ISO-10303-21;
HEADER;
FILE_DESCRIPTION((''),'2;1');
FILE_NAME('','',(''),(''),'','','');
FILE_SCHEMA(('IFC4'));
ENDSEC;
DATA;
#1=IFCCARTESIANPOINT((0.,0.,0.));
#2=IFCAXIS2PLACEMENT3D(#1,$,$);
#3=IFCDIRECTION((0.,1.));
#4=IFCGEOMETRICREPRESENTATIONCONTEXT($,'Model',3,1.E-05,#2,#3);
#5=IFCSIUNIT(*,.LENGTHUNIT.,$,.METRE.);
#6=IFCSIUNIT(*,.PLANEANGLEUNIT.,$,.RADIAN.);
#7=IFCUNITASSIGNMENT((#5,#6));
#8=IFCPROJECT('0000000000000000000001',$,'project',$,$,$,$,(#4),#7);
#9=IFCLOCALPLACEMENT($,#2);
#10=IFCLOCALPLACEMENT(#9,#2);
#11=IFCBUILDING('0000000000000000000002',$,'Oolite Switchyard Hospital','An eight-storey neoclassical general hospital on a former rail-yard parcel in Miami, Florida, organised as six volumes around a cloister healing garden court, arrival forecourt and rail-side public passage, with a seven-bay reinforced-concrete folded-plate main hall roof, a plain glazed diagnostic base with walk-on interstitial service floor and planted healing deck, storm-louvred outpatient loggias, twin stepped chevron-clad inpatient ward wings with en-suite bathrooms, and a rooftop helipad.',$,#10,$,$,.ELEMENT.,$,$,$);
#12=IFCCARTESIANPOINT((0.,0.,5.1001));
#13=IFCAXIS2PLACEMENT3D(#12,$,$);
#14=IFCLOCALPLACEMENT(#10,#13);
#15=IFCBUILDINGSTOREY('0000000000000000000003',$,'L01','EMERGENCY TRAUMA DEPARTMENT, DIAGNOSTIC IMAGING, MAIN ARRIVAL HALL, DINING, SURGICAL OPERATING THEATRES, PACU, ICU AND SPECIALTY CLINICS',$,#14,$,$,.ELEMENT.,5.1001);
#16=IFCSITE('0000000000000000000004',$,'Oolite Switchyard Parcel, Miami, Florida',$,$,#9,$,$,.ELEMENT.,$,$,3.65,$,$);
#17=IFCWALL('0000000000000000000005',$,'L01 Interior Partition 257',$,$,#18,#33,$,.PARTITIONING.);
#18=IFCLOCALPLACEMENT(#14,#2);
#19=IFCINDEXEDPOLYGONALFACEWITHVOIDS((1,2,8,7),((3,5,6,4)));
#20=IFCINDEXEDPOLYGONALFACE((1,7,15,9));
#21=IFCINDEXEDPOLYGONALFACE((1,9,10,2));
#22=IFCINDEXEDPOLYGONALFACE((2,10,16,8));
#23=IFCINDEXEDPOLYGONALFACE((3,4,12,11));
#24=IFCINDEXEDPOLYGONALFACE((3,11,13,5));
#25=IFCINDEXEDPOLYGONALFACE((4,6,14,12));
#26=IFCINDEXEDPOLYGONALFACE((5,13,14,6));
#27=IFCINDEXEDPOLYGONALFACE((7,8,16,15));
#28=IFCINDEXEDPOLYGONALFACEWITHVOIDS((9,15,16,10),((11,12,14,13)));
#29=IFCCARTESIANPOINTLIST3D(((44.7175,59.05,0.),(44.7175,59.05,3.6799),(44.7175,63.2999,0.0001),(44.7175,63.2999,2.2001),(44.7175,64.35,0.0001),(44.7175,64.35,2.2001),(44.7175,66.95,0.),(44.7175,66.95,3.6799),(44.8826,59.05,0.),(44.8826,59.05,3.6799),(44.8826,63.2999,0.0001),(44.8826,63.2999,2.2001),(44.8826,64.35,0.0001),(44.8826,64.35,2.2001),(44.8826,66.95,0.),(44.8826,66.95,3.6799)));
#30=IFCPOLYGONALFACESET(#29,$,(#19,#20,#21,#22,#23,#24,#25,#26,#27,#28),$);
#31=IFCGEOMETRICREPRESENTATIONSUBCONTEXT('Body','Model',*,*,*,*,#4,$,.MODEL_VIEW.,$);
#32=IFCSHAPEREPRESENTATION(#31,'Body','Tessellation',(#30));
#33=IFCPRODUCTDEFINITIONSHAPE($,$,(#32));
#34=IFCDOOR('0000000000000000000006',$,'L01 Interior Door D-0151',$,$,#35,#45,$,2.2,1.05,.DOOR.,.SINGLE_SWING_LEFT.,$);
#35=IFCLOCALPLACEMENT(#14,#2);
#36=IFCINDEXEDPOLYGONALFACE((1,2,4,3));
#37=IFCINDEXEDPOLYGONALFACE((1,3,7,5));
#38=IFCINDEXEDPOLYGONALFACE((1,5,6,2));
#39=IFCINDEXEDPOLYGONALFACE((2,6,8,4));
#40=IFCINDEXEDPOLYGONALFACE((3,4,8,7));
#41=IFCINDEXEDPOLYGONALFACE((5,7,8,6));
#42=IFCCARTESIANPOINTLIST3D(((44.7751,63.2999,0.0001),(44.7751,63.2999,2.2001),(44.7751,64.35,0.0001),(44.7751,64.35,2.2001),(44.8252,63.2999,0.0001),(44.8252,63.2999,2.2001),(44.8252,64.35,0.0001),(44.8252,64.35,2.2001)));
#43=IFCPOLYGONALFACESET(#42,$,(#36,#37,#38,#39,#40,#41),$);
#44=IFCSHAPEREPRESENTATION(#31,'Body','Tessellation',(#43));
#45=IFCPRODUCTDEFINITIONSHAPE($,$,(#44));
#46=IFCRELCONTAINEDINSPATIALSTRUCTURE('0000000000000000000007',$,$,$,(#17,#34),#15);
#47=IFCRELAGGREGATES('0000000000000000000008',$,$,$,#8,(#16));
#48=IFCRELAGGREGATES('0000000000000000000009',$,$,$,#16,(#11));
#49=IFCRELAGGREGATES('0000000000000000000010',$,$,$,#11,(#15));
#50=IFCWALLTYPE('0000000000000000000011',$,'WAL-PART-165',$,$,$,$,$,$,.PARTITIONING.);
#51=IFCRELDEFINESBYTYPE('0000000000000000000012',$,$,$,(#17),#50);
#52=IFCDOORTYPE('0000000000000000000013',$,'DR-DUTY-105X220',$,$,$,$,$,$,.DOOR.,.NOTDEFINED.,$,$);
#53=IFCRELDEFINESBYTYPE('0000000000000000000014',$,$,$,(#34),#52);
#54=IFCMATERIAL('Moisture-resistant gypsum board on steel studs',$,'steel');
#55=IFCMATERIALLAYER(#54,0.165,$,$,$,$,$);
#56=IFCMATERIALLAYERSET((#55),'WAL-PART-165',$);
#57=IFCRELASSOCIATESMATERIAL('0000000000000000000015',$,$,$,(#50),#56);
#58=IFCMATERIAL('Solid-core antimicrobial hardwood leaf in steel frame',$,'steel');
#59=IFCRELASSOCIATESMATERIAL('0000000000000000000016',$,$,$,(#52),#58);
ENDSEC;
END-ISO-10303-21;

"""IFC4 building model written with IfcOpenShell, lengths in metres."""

from ifc_helpers import new_model, si_unit, direction, frame, frame_2d, origin, place, context, subcontext, project, spatial, rectangle, extrude, material, layer, layer_set, type_object, element, fill, save


model = new_model("IFC4")

# Units and contexts
model_context = context("Model", 3, precision=1e-05, world=origin(), true_north=direction((0.0, 1.0)))
body_context = subcontext(model_context, "Body", "Model", "MODEL_VIEW")
ifc_project = project(units=[si_unit("LENGTHUNIT", "METRE"), si_unit("PLANEANGLEUNIT", "RADIAN")], contexts=[model_context])

# Site, building, storey
site_placement = place(None, origin())
site = spatial("IfcSite", under=ifc_project, at=site_placement, Name="Oolite Switchyard Parcel, Miami, Florida", CompositionType="ELEMENT", RefElevation=3.65)
building_placement = place(site_placement, origin())
building = spatial("IfcBuilding", under=site, at=building_placement, Name="Oolite Switchyard Hospital", Description="An eight-storey neoclassical general hospital on a former rail-yard parcel in Miami, Florida, organised as six volumes around a cloister healing garden court, arrival forecourt and rail-side public passage, with a seven-bay reinforced-concrete folded-plate main hall roof, a plain glazed diagnostic base with walk-on interstitial service floor and planted healing deck, storm-louvred outpatient loggias, twin stepped chevron-clad inpatient ward wings with en-suite bathrooms, and a rooftop helipad.", CompositionType="ELEMENT")
storey_placement = place(building_placement, frame((0.0, 0.0, 5.1001)))
storey = spatial("IfcBuildingStorey", under=building, at=storey_placement, Name="L01", Description="EMERGENCY TRAUMA DEPARTMENT, DIAGNOSTIC IMAGING, MAIN ARRIVAL HALL, DINING, SURGICAL OPERATING THEATRES, PACU, ICU AND SPECIALTY CLINICS", CompositionType="ELEMENT", Elevation=5.1001)

# Shared definitions
ifc_material_1 = material(Name="Moisture-resistant gypsum board on steel studs", Category="steel")

# Shared definitions
ifc_material_2 = material(Name="Solid-core antimicrobial hardwood leaf in steel frame", Category="steel")

# Wall, opening, door
ifc_layer_1 = layer(ifc_material_1, 0.165)
ifc_layer_set_1 = layer_set([ifc_layer_1], Name="WAL-PART-165")
wall_type_1 = type_object("IfcWallType", Name="WAL-PART-165", PredefinedType="PARTITIONING", material=ifc_layer_set_1)
wall_1_placement = place(storey_placement, frame((44.8, 59.05, 0.0), z_axis=(0.0, 0.0, 1.0), x_axis=(0.0, 1.0, 0.0)))
wall_1 = element("IfcWall", 1, at=wall_1_placement, inside=storey, type_object=wall_type_1, Name="L01 Interior Partition 257", PredefinedType="PARTITIONING", context=body_context, shape_type="SweptSolid", body=[
    extrude(rectangle(XDim=7.8999, YDim=0.165, at=frame_2d((3.95, 0.0))), origin(), (0.0, 0.0, 1.0), 3.6799),
])
opening_1_placement = place(wall_1_placement, frame((4.25, 0.0, 0.0)))
opening_1 = element("IfcOpeningElement", 2, at=opening_1_placement, cuts=wall_1, PredefinedType="OPENING", context=body_context, shape_type="SweptSolid", body=[
    extrude(rectangle(XDim=1.05, YDim=2.2, at=frame_2d((0.5249, 1.1001))), frame((0.0, 0.0925, 0.0), z_axis=(0.0, -1.0, 0.0), x_axis=(1.0, 0.0, 0.0)), (0.0, 0.0, 1.0), 0.1851),
])
door_type_1 = type_object("IfcDoorType", Name="DR-DUTY-105X220", OperationType="NOTDEFINED", PredefinedType="DOOR", material=ifc_material_2)
door_1_placement = place(opening_1_placement, origin())
door_1 = element("IfcDoor", 3, at=door_1_placement, inside=storey, type_object=door_type_1, Name="L01 Interior Door D-0151", OperationType="SINGLE_SWING_LEFT", OverallHeight=2.2, OverallWidth=1.05, PredefinedType="DOOR", context=body_context, shape_type="SweptSolid", body=[
    extrude(rectangle(XDim=1.05, YDim=2.2, at=frame_2d((0.5249, 1.1001))), frame((0.0, 0.0249, 0.0), z_axis=(0.0, -1.0, 0.0), x_axis=(1.0, 0.0, 0.0)), (0.0, 0.0, 1.0), 0.05),
])
fill(opening_1, door_1)

save(model, "model.ifc")
